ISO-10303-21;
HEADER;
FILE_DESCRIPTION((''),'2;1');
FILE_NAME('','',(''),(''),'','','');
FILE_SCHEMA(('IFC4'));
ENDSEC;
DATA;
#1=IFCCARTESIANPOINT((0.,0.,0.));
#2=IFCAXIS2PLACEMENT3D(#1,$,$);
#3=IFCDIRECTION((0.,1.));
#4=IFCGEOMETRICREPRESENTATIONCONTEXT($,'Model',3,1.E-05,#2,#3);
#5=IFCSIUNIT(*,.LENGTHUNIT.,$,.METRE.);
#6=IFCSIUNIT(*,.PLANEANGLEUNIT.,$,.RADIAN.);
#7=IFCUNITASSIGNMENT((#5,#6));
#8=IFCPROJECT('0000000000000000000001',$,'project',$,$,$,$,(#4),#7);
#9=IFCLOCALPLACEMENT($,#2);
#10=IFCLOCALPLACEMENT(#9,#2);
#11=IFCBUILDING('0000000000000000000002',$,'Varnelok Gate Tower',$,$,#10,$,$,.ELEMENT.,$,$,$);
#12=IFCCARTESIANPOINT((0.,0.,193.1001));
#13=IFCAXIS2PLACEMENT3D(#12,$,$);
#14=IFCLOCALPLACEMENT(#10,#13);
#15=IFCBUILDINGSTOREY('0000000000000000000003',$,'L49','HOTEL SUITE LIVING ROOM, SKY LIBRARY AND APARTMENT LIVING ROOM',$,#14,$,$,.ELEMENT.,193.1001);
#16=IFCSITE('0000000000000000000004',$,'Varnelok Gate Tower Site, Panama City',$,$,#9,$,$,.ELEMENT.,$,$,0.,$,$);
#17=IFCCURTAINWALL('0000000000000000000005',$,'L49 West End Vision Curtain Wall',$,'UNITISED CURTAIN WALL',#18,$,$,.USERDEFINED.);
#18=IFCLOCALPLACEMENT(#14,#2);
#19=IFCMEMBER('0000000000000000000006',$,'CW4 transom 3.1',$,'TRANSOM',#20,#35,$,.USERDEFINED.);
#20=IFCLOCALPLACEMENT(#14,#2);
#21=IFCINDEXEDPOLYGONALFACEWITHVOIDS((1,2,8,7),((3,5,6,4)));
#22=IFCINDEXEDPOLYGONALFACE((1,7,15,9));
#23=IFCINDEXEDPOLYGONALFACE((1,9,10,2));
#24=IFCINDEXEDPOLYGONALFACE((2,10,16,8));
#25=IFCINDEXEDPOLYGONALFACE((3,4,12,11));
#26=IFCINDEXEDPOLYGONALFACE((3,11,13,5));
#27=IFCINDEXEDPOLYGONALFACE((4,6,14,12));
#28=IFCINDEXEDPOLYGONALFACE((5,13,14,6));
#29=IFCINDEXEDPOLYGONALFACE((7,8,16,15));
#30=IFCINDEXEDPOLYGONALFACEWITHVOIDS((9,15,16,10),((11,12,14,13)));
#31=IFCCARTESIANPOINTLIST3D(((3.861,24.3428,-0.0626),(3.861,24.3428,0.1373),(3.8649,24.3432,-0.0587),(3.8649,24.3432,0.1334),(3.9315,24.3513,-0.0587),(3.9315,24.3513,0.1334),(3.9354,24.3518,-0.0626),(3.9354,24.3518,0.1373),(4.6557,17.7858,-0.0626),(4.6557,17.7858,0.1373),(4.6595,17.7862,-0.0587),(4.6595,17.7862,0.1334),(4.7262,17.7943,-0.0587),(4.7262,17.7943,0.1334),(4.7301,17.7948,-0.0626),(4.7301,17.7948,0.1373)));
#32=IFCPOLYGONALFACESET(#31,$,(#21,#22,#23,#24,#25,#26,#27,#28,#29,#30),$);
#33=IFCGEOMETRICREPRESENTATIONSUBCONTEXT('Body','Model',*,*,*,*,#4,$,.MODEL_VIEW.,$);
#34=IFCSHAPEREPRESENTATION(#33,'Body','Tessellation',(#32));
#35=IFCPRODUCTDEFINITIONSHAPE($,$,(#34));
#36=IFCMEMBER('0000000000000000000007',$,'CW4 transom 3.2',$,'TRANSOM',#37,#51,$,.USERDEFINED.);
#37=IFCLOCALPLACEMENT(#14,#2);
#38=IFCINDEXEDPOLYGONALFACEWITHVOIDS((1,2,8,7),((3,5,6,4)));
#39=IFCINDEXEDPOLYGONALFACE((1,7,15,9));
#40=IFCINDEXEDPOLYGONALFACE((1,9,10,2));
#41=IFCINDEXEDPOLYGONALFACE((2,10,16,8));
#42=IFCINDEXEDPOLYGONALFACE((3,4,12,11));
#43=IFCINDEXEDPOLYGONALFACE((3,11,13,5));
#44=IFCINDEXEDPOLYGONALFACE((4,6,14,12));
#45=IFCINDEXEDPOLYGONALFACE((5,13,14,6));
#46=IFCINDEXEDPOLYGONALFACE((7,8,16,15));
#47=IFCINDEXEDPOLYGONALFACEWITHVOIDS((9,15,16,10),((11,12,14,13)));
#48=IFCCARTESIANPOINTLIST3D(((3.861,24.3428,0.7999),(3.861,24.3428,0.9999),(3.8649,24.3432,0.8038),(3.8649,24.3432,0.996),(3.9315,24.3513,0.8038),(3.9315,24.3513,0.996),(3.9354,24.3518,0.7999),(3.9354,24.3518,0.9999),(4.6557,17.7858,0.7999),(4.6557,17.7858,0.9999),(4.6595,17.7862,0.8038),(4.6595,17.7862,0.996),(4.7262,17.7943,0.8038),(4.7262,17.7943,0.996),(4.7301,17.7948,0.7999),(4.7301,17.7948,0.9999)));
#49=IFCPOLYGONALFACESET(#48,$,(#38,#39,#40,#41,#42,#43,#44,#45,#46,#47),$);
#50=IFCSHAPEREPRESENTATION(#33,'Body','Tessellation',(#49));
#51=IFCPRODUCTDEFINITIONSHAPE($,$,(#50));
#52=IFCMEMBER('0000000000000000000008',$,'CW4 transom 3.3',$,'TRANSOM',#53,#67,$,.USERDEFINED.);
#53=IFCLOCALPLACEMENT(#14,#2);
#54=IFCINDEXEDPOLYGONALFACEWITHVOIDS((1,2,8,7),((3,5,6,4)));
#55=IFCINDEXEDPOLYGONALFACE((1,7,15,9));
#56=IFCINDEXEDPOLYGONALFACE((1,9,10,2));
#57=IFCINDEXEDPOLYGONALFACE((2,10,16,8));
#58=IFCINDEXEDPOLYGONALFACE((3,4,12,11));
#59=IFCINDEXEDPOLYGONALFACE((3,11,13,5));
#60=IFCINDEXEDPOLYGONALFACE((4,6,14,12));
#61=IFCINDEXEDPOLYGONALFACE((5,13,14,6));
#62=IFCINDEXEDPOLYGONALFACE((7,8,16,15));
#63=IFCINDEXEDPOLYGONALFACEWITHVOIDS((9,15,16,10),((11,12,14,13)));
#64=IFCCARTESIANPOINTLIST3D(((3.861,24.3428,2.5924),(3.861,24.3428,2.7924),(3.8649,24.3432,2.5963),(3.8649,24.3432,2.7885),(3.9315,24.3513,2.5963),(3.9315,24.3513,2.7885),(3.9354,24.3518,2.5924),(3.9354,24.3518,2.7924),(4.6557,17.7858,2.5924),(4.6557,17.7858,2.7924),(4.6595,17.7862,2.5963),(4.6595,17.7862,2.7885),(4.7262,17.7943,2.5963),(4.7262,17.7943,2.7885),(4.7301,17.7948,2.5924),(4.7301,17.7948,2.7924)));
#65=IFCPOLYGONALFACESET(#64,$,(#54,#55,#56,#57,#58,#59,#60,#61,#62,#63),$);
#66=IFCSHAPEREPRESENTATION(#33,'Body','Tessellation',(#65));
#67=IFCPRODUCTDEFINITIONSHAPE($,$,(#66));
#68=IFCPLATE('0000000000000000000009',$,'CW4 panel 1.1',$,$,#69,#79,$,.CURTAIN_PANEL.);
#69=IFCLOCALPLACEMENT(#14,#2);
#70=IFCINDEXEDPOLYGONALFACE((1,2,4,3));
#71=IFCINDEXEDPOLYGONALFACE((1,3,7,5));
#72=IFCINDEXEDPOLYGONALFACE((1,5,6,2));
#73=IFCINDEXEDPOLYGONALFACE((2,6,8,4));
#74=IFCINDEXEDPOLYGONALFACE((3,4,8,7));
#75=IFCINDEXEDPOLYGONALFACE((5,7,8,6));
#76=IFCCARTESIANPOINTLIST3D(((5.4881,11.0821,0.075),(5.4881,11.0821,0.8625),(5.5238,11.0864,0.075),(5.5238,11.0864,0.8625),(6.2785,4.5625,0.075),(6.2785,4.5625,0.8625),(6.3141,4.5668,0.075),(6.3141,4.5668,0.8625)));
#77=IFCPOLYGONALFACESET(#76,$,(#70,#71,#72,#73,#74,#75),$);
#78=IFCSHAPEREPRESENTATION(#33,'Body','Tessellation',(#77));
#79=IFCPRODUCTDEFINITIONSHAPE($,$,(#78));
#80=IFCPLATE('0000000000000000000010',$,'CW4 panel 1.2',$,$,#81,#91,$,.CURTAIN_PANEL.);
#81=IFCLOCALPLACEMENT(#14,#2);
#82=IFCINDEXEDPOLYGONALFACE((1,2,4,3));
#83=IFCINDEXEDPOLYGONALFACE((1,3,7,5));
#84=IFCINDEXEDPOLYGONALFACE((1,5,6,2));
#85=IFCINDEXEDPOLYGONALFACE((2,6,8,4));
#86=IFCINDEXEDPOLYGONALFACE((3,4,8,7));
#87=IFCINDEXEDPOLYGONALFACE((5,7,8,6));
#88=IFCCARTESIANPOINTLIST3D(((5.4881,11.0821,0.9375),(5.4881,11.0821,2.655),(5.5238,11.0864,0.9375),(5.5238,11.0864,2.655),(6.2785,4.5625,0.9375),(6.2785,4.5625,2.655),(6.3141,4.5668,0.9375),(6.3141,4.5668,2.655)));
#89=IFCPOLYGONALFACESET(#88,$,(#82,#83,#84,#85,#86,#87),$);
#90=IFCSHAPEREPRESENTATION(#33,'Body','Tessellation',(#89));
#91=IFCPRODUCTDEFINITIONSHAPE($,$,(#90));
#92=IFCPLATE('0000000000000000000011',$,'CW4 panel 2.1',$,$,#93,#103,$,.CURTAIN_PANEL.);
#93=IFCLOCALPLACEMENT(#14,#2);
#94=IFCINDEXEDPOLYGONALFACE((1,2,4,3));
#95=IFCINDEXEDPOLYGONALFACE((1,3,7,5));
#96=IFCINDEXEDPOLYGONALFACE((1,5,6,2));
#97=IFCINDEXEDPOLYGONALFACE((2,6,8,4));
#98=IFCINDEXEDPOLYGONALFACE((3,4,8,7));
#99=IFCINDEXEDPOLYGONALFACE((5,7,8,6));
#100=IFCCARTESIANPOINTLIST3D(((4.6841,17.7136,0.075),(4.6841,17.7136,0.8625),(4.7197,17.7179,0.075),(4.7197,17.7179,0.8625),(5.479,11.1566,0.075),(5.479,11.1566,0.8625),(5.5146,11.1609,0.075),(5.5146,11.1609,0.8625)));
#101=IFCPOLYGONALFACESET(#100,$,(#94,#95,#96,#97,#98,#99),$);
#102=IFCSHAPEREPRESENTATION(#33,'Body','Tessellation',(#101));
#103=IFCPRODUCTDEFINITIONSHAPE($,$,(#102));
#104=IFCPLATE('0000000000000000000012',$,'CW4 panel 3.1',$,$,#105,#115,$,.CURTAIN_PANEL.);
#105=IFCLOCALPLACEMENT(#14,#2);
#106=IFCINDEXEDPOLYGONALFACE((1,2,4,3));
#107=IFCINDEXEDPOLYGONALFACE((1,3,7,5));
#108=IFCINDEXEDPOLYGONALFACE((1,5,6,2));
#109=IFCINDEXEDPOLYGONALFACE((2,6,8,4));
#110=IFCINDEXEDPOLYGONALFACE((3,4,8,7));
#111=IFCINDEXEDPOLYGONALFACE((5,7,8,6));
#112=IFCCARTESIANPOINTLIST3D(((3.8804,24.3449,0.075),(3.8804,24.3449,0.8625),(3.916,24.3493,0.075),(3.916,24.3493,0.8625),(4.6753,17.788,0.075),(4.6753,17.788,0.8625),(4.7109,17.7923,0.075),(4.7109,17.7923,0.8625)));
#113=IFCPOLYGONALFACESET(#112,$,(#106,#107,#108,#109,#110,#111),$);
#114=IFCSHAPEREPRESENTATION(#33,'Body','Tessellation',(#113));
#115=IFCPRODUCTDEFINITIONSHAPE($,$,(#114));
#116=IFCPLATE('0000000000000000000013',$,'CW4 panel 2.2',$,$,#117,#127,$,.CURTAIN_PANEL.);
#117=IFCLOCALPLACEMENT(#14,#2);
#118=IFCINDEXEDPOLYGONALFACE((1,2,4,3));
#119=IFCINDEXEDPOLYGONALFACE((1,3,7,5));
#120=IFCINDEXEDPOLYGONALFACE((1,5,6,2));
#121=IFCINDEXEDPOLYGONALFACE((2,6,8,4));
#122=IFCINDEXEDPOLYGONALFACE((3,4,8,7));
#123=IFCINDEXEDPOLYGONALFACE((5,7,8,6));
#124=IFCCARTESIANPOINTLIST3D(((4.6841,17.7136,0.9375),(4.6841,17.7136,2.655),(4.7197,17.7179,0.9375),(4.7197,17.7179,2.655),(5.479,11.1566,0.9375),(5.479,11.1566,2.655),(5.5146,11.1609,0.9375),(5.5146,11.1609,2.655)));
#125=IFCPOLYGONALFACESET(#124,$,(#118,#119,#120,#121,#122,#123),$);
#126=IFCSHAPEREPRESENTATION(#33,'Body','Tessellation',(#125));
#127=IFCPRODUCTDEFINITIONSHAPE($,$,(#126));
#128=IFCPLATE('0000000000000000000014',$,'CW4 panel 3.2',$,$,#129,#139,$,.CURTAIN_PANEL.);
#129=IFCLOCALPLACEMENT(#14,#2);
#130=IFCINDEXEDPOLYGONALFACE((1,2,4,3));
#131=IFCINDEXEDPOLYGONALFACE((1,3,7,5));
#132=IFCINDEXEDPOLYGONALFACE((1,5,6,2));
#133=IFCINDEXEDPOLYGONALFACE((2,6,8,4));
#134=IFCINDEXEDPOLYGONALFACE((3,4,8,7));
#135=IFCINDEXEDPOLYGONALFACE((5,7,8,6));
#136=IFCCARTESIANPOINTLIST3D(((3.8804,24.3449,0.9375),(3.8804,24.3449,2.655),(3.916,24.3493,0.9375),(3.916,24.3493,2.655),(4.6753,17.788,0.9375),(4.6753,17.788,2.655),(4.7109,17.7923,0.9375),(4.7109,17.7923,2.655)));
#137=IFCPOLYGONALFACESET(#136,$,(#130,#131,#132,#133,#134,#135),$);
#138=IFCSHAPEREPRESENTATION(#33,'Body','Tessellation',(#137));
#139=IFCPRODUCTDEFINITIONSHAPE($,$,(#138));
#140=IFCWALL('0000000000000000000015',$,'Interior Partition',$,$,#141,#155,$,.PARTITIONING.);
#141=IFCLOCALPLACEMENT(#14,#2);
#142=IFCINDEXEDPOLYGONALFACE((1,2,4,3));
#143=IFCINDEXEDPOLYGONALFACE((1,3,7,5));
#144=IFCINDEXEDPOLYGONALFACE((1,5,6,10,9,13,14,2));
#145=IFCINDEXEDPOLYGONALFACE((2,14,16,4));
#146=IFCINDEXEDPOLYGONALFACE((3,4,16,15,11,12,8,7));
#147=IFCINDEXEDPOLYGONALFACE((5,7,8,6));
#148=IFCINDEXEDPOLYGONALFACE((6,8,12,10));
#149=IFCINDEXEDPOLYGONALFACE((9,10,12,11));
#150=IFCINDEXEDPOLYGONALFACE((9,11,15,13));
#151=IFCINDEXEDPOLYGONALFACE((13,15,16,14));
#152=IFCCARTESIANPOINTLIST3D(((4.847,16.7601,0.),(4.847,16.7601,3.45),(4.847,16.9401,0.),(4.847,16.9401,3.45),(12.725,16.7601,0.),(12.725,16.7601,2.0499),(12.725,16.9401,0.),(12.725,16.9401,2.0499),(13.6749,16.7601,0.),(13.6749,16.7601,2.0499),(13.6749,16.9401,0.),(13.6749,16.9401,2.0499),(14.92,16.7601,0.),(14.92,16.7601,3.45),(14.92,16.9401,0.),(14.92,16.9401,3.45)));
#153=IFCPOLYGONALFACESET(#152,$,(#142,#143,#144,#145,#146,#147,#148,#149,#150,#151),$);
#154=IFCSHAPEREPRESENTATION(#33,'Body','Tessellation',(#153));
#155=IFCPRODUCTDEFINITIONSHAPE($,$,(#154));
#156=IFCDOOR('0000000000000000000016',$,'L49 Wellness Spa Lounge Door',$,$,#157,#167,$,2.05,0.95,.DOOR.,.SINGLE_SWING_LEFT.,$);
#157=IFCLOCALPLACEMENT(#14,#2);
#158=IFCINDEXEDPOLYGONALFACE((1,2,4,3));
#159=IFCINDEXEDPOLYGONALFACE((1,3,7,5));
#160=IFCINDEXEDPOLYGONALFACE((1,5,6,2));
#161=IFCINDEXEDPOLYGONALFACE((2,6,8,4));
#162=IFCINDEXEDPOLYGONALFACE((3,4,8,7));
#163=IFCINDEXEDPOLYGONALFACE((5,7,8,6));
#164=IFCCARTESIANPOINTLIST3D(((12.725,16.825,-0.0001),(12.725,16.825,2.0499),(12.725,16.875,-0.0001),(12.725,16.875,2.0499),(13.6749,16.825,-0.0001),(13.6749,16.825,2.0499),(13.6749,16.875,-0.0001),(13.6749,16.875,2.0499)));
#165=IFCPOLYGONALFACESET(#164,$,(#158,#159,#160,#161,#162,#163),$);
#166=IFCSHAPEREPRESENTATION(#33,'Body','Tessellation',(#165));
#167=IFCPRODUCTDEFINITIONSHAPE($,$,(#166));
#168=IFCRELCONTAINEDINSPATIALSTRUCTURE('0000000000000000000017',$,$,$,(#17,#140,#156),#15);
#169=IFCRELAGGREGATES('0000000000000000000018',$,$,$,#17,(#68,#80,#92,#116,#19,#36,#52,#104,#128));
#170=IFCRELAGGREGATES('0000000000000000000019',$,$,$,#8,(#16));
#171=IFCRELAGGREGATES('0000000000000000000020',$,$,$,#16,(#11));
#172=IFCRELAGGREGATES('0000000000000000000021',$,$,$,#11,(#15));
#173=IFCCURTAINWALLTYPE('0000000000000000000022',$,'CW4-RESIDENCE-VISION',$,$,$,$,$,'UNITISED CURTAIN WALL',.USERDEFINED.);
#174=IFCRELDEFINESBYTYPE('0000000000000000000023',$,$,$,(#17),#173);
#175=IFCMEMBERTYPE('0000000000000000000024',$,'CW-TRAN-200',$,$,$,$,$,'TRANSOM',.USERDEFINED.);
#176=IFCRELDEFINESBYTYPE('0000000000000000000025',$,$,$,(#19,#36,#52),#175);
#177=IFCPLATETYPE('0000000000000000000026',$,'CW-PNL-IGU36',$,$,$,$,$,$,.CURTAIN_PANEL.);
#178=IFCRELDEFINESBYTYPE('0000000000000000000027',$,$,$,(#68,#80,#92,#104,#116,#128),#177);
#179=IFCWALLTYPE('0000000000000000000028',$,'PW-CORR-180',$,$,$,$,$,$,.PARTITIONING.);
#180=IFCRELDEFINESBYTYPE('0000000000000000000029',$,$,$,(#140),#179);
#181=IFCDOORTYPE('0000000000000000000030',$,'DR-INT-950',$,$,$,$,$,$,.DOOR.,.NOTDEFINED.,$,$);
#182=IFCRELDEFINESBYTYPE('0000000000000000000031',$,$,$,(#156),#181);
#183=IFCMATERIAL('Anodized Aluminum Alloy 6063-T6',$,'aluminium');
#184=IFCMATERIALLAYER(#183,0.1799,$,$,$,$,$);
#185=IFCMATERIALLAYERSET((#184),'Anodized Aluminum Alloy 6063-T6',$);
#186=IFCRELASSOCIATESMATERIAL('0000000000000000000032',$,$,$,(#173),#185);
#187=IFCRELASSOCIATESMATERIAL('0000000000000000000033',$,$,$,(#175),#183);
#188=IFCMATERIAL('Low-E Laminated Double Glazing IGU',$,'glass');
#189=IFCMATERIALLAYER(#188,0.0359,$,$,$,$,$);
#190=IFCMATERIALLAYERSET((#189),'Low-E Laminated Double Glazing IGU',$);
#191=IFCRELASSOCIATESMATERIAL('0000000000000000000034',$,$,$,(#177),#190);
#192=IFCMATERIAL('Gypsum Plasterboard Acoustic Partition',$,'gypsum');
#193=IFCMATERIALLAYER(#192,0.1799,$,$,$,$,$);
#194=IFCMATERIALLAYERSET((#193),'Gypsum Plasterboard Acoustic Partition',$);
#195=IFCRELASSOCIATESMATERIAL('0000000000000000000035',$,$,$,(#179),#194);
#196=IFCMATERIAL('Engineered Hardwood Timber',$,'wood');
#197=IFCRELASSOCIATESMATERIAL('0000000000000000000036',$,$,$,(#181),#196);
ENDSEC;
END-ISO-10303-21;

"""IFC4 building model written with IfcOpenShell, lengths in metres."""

from ifc_helpers import new_model, si_unit, direction, frame, frame_2d, origin, origin_2d, place, context, subcontext, project, spatial, rectangle, hollow_rectangle, extrude, source, transform, mapped, material, layer, layer_set, material_profile, profile_set, type_object, element, fill, aggregate, save


model = new_model("IFC4")

# Units and contexts
model_context = context("Model", 3, precision=1e-05, world=origin(), true_north=direction((0.0, 1.0)))
body_context = subcontext(model_context, "Body", "Model", "MODEL_VIEW")
ifc_project = project(units=[si_unit("LENGTHUNIT", "METRE"), si_unit("PLANEANGLEUNIT", "RADIAN")], contexts=[model_context])

# Site, building, storey
site_placement = place(None, origin())
site = spatial("IfcSite", under=ifc_project, at=site_placement, Name="Varnelok Gate Tower Site, Panama City", CompositionType="ELEMENT", RefElevation=0.0)
building_placement = place(site_placement, origin())
building = spatial("IfcBuilding", under=site, at=building_placement, Name="Varnelok Gate Tower", CompositionType="ELEMENT")
storey_placement = place(building_placement, frame((0.0, 0.0, 193.1001)))
storey = spatial("IfcBuildingStorey", under=building, at=storey_placement, Name="L49", Description="HOTEL SUITE LIVING ROOM, SKY LIBRARY AND APARTMENT LIVING ROOM", CompositionType="ELEMENT", Elevation=193.1001)

# Curtain wall, members, plates
ifc_material_1 = material(Name="Anodized Aluminum Alloy 6063-T6", Category="aluminium")
ifc_layer_1 = layer(ifc_material_1, 0.1799)
ifc_layer_set_1 = layer_set([ifc_layer_1], Name="Anodized Aluminum Alloy 6063-T6")
curtain_wall_type = type_object("IfcCurtainWallType", Name="CW4-RESIDENCE-VISION", ElementType="UNITISED CURTAIN WALL", PredefinedType="USERDEFINED", material=ifc_layer_set_1)
curtain_wall_placement = place(storey_placement, origin())
curtain_wall = element("IfcCurtainWall", 1, at=curtain_wall_placement, inside=storey, type_object=curtain_wall_type, Name="L49 West End Vision Curtain Wall", ObjectType="UNITISED CURTAIN WALL", PredefinedType="USERDEFINED")
ifc_material_profile_1 = material_profile(ifc_material_1, hollow_rectangle(XDim=0.075, YDim=0.2, WallThickness=0.0039, at=origin_2d()), Name="ALU200X75X4")
ifc_profile_set_1 = profile_set([ifc_material_profile_1], Name="Anodized Aluminum Alloy 6063-T6")
member_type_1 = type_object("IfcMemberType", Name="CW-TRAN-200", ElementType="TRANSOM", PredefinedType="USERDEFINED", material=ifc_profile_set_1)
member_1_placement = place(storey_placement, frame((4.6929, 17.7903, 0.0374), z_axis=(-0.120317, 0.992736, 0.0), x_axis=(-0.992736, -0.120317, 0.0)))
member_1 = element("IfcMember", 2, at=member_1_placement, type_object=member_type_1, Name="CW4 transom 3.1", ObjectType="TRANSOM", PredefinedType="USERDEFINED", context=body_context, shape_type="SweptSolid", body=[
    extrude(hollow_rectangle(XDim=0.075, YDim=0.2, WallThickness=0.0039, at=origin_2d()), origin(), (0.0, 0.0, 1.0), 6.605),
])
member_2_placement = place(storey_placement, frame((4.6929, 17.7903, 0.8999), z_axis=(-0.120317, 0.992736, 0.0), x_axis=(-0.992736, -0.120317, 0.0)))
member_2 = element("IfcMember", 3, at=member_2_placement, type_object=member_type_1, Name="CW4 transom 3.2", ObjectType="TRANSOM", PredefinedType="USERDEFINED", context=body_context, shape_type="SweptSolid", body=[
    extrude(hollow_rectangle(XDim=0.075, YDim=0.2, WallThickness=0.0039, at=origin_2d()), origin(), (0.0, 0.0, 1.0), 6.605),
])
member_3_placement = place(storey_placement, frame((4.6929, 17.7903, 2.6924), z_axis=(-0.120317, 0.992736, 0.0), x_axis=(-0.992736, -0.120317, 0.0)))
member_3 = element("IfcMember", 4, at=member_3_placement, type_object=member_type_1, Name="CW4 transom 3.3", ObjectType="TRANSOM", PredefinedType="USERDEFINED", context=body_context, shape_type="SweptSolid", body=[
    extrude(hollow_rectangle(XDim=0.075, YDim=0.2, WallThickness=0.0039, at=origin_2d()), origin(), (0.0, 0.0, 1.0), 6.605),
])
ifc_material_2 = material(Name="Low-E Laminated Double Glazing IGU", Category="glass")
ifc_layer_2 = layer(ifc_material_2, 0.0359)
ifc_layer_set_2 = layer_set([ifc_layer_2], Name="Low-E Laminated Double Glazing IGU")
plate_type = type_object("IfcPlateType", Name="CW-PNL-IGU36", PredefinedType="CURTAIN_PANEL", material=ifc_layer_set_2)
shared_shape_1 = source(origin(), body_context, "Body", "SweptSolid", [
    extrude(rectangle(XDim=6.5674, YDim=0.0359, at=origin_2d()), origin(), (0.0, 0.0, 1.0), 0.7876),
])
plate_1_placement = place(storey_placement, frame((5.9011, 7.8245, 0.075), z_axis=(0.0, 0.0, 1.0), x_axis=(-0.120345, 0.992732, 0.0)))
plate_1 = element("IfcPlate", 5, at=plate_1_placement, type_object=plate_type, Name="CW4 panel 1.1", PredefinedType="CURTAIN_PANEL", context=body_context, shape_type="MappedRepresentation", body=[
    mapped(shared_shape_1, transform((0.0, 0.0, 0.0), scale=1.0)),
])
shared_shape_2 = source(origin(), body_context, "Body", "SweptSolid", [
    extrude(rectangle(XDim=6.5674, YDim=0.0359, at=origin_2d()), origin(), (0.0, 0.0, 1.0), 1.7175),
])
plate_2_placement = place(storey_placement, frame((5.9011, 7.8245, 0.9375), z_axis=(0.0, 0.0, 1.0), x_axis=(-0.120345, 0.992732, 0.0)))
plate_2 = element("IfcPlate", 6, at=plate_2_placement, type_object=plate_type, Name="CW4 panel 1.2", PredefinedType="CURTAIN_PANEL", context=body_context, shape_type="MappedRepresentation", body=[
    mapped(shared_shape_2, transform((0.0, 0.0, 0.0), scale=1.0)),
])
shared_shape_3 = source(origin(), body_context, "Body", "SweptSolid", [
    extrude(rectangle(XDim=6.605, YDim=0.0359, at=origin_2d()), origin(), (0.0, 0.0, 1.0), 0.7876),
])
plate_3_placement = place(storey_placement, frame((5.0994, 14.4373, 0.075), z_axis=(0.0, 0.0, 1.0), x_axis=(-0.120345, 0.992732, 0.0)))
plate_3 = element("IfcPlate", 7, at=plate_3_placement, type_object=plate_type, Name="CW4 panel 2.1", PredefinedType="CURTAIN_PANEL", context=body_context, shape_type="MappedRepresentation", body=[
    mapped(shared_shape_3, transform((0.0, 0.0, 0.0), scale=1.0)),
])
plate_4_placement = place(storey_placement, frame((4.2957, 21.0686, 0.075), z_axis=(0.0, 0.0, 1.0), x_axis=(-0.120345, 0.992732, 0.0)))
plate_4 = element("IfcPlate", 8, at=plate_4_placement, type_object=plate_type, Name="CW4 panel 3.1", PredefinedType="CURTAIN_PANEL", context=body_context, shape_type="MappedRepresentation", body=[
    mapped(shared_shape_3, transform((0.0, 0.0, 0.0), scale=1.0)),
])
shared_shape_4 = source(origin(), body_context, "Body", "SweptSolid", [
    extrude(rectangle(XDim=6.605, YDim=0.0359, at=origin_2d()), origin(), (0.0, 0.0, 1.0), 1.7175),
])
plate_5_placement = place(storey_placement, frame((5.0994, 14.4373, 0.9375), z_axis=(0.0, 0.0, 1.0), x_axis=(-0.120345, 0.992732, 0.0)))
plate_5 = element("IfcPlate", 9, at=plate_5_placement, type_object=plate_type, Name="CW4 panel 2.2", PredefinedType="CURTAIN_PANEL", context=body_context, shape_type="MappedRepresentation", body=[
    mapped(shared_shape_4, transform((0.0, 0.0, 0.0), scale=1.0)),
])
plate_6_placement = place(storey_placement, frame((4.2957, 21.0686, 0.9375), z_axis=(0.0, 0.0, 1.0), x_axis=(-0.120345, 0.992732, 0.0)))
plate_6 = element("IfcPlate", 10, at=plate_6_placement, type_object=plate_type, Name="CW4 panel 3.2", PredefinedType="CURTAIN_PANEL", context=body_context, shape_type="MappedRepresentation", body=[
    mapped(shared_shape_4, transform((0.0, 0.0, 0.0), scale=1.0)),
])
aggregate(curtain_wall, [plate_1, plate_2, plate_3, plate_5, member_1, member_2, member_3, plate_4, plate_6])

# Wall, opening, door
ifc_material_3 = material(Name="Gypsum Plasterboard Acoustic Partition", Category="gypsum")
ifc_layer_3 = layer(ifc_material_3, 0.1799)
ifc_layer_set_3 = layer_set([ifc_layer_3], Name="Gypsum Plasterboard Acoustic Partition")
wall_type_1 = type_object("IfcWallType", Name="PW-CORR-180", PredefinedType="PARTITIONING", material=ifc_layer_set_3)
wall_1_placement = place(storey_placement, frame((4.8469, 16.8501, 0.0), z_axis=(0.0, 0.0, 1.0), x_axis=(1.0, 0.0, 0.0)))
wall_1 = element("IfcWall", 11, at=wall_1_placement, inside=storey, type_object=wall_type_1, Name="Interior Partition", PredefinedType="PARTITIONING", context=body_context, shape_type="SweptSolid", body=[
    extrude(rectangle(XDim=10.073, YDim=0.1799, at=frame_2d((5.0366, 0.0))), origin(), (0.0, 0.0, 1.0), 3.45),
])
opening_1_placement = place(wall_1_placement, frame((7.8779, 0.0, 0.0)))
opening_1 = element("IfcOpeningElement", 12, at=opening_1_placement, cuts=wall_1, PredefinedType="OPENING", context=body_context, shape_type="SweptSolid", body=[
    extrude(rectangle(XDim=0.95, YDim=2.05, at=frame_2d((0.4751, 1.0249))), frame((0.0, 0.0999, 0.0), z_axis=(0.0, -1.0, 0.0), x_axis=(1.0, 0.0, 0.0)), (0.0, 0.0, 1.0), 0.2),
])
ifc_material_4 = material(Name="Engineered Hardwood Timber", Category="wood")
door_type_1 = type_object("IfcDoorType", Name="DR-INT-950", OperationType="NOTDEFINED", PredefinedType="DOOR", material=ifc_material_4)
door_1_placement = place(opening_1_placement, origin())
door_1 = element("IfcDoor", 13, at=door_1_placement, inside=storey, type_object=door_type_1, Name="L49 Wellness Spa Lounge Door", OperationType="SINGLE_SWING_LEFT", OverallHeight=2.05, OverallWidth=0.95, PredefinedType="DOOR", context=body_context, shape_type="SweptSolid", body=[
    extrude(rectangle(XDim=0.95, YDim=2.05, at=frame_2d((0.4751, 1.0249))), frame((0.0, 0.0249, 0.0), z_axis=(0.0, -1.0, 0.0), x_axis=(1.0, 0.0, 0.0)), (0.0, 0.0, 1.0), 0.05),
])
fill(opening_1, door_1)

save(model, "model.ifc")
